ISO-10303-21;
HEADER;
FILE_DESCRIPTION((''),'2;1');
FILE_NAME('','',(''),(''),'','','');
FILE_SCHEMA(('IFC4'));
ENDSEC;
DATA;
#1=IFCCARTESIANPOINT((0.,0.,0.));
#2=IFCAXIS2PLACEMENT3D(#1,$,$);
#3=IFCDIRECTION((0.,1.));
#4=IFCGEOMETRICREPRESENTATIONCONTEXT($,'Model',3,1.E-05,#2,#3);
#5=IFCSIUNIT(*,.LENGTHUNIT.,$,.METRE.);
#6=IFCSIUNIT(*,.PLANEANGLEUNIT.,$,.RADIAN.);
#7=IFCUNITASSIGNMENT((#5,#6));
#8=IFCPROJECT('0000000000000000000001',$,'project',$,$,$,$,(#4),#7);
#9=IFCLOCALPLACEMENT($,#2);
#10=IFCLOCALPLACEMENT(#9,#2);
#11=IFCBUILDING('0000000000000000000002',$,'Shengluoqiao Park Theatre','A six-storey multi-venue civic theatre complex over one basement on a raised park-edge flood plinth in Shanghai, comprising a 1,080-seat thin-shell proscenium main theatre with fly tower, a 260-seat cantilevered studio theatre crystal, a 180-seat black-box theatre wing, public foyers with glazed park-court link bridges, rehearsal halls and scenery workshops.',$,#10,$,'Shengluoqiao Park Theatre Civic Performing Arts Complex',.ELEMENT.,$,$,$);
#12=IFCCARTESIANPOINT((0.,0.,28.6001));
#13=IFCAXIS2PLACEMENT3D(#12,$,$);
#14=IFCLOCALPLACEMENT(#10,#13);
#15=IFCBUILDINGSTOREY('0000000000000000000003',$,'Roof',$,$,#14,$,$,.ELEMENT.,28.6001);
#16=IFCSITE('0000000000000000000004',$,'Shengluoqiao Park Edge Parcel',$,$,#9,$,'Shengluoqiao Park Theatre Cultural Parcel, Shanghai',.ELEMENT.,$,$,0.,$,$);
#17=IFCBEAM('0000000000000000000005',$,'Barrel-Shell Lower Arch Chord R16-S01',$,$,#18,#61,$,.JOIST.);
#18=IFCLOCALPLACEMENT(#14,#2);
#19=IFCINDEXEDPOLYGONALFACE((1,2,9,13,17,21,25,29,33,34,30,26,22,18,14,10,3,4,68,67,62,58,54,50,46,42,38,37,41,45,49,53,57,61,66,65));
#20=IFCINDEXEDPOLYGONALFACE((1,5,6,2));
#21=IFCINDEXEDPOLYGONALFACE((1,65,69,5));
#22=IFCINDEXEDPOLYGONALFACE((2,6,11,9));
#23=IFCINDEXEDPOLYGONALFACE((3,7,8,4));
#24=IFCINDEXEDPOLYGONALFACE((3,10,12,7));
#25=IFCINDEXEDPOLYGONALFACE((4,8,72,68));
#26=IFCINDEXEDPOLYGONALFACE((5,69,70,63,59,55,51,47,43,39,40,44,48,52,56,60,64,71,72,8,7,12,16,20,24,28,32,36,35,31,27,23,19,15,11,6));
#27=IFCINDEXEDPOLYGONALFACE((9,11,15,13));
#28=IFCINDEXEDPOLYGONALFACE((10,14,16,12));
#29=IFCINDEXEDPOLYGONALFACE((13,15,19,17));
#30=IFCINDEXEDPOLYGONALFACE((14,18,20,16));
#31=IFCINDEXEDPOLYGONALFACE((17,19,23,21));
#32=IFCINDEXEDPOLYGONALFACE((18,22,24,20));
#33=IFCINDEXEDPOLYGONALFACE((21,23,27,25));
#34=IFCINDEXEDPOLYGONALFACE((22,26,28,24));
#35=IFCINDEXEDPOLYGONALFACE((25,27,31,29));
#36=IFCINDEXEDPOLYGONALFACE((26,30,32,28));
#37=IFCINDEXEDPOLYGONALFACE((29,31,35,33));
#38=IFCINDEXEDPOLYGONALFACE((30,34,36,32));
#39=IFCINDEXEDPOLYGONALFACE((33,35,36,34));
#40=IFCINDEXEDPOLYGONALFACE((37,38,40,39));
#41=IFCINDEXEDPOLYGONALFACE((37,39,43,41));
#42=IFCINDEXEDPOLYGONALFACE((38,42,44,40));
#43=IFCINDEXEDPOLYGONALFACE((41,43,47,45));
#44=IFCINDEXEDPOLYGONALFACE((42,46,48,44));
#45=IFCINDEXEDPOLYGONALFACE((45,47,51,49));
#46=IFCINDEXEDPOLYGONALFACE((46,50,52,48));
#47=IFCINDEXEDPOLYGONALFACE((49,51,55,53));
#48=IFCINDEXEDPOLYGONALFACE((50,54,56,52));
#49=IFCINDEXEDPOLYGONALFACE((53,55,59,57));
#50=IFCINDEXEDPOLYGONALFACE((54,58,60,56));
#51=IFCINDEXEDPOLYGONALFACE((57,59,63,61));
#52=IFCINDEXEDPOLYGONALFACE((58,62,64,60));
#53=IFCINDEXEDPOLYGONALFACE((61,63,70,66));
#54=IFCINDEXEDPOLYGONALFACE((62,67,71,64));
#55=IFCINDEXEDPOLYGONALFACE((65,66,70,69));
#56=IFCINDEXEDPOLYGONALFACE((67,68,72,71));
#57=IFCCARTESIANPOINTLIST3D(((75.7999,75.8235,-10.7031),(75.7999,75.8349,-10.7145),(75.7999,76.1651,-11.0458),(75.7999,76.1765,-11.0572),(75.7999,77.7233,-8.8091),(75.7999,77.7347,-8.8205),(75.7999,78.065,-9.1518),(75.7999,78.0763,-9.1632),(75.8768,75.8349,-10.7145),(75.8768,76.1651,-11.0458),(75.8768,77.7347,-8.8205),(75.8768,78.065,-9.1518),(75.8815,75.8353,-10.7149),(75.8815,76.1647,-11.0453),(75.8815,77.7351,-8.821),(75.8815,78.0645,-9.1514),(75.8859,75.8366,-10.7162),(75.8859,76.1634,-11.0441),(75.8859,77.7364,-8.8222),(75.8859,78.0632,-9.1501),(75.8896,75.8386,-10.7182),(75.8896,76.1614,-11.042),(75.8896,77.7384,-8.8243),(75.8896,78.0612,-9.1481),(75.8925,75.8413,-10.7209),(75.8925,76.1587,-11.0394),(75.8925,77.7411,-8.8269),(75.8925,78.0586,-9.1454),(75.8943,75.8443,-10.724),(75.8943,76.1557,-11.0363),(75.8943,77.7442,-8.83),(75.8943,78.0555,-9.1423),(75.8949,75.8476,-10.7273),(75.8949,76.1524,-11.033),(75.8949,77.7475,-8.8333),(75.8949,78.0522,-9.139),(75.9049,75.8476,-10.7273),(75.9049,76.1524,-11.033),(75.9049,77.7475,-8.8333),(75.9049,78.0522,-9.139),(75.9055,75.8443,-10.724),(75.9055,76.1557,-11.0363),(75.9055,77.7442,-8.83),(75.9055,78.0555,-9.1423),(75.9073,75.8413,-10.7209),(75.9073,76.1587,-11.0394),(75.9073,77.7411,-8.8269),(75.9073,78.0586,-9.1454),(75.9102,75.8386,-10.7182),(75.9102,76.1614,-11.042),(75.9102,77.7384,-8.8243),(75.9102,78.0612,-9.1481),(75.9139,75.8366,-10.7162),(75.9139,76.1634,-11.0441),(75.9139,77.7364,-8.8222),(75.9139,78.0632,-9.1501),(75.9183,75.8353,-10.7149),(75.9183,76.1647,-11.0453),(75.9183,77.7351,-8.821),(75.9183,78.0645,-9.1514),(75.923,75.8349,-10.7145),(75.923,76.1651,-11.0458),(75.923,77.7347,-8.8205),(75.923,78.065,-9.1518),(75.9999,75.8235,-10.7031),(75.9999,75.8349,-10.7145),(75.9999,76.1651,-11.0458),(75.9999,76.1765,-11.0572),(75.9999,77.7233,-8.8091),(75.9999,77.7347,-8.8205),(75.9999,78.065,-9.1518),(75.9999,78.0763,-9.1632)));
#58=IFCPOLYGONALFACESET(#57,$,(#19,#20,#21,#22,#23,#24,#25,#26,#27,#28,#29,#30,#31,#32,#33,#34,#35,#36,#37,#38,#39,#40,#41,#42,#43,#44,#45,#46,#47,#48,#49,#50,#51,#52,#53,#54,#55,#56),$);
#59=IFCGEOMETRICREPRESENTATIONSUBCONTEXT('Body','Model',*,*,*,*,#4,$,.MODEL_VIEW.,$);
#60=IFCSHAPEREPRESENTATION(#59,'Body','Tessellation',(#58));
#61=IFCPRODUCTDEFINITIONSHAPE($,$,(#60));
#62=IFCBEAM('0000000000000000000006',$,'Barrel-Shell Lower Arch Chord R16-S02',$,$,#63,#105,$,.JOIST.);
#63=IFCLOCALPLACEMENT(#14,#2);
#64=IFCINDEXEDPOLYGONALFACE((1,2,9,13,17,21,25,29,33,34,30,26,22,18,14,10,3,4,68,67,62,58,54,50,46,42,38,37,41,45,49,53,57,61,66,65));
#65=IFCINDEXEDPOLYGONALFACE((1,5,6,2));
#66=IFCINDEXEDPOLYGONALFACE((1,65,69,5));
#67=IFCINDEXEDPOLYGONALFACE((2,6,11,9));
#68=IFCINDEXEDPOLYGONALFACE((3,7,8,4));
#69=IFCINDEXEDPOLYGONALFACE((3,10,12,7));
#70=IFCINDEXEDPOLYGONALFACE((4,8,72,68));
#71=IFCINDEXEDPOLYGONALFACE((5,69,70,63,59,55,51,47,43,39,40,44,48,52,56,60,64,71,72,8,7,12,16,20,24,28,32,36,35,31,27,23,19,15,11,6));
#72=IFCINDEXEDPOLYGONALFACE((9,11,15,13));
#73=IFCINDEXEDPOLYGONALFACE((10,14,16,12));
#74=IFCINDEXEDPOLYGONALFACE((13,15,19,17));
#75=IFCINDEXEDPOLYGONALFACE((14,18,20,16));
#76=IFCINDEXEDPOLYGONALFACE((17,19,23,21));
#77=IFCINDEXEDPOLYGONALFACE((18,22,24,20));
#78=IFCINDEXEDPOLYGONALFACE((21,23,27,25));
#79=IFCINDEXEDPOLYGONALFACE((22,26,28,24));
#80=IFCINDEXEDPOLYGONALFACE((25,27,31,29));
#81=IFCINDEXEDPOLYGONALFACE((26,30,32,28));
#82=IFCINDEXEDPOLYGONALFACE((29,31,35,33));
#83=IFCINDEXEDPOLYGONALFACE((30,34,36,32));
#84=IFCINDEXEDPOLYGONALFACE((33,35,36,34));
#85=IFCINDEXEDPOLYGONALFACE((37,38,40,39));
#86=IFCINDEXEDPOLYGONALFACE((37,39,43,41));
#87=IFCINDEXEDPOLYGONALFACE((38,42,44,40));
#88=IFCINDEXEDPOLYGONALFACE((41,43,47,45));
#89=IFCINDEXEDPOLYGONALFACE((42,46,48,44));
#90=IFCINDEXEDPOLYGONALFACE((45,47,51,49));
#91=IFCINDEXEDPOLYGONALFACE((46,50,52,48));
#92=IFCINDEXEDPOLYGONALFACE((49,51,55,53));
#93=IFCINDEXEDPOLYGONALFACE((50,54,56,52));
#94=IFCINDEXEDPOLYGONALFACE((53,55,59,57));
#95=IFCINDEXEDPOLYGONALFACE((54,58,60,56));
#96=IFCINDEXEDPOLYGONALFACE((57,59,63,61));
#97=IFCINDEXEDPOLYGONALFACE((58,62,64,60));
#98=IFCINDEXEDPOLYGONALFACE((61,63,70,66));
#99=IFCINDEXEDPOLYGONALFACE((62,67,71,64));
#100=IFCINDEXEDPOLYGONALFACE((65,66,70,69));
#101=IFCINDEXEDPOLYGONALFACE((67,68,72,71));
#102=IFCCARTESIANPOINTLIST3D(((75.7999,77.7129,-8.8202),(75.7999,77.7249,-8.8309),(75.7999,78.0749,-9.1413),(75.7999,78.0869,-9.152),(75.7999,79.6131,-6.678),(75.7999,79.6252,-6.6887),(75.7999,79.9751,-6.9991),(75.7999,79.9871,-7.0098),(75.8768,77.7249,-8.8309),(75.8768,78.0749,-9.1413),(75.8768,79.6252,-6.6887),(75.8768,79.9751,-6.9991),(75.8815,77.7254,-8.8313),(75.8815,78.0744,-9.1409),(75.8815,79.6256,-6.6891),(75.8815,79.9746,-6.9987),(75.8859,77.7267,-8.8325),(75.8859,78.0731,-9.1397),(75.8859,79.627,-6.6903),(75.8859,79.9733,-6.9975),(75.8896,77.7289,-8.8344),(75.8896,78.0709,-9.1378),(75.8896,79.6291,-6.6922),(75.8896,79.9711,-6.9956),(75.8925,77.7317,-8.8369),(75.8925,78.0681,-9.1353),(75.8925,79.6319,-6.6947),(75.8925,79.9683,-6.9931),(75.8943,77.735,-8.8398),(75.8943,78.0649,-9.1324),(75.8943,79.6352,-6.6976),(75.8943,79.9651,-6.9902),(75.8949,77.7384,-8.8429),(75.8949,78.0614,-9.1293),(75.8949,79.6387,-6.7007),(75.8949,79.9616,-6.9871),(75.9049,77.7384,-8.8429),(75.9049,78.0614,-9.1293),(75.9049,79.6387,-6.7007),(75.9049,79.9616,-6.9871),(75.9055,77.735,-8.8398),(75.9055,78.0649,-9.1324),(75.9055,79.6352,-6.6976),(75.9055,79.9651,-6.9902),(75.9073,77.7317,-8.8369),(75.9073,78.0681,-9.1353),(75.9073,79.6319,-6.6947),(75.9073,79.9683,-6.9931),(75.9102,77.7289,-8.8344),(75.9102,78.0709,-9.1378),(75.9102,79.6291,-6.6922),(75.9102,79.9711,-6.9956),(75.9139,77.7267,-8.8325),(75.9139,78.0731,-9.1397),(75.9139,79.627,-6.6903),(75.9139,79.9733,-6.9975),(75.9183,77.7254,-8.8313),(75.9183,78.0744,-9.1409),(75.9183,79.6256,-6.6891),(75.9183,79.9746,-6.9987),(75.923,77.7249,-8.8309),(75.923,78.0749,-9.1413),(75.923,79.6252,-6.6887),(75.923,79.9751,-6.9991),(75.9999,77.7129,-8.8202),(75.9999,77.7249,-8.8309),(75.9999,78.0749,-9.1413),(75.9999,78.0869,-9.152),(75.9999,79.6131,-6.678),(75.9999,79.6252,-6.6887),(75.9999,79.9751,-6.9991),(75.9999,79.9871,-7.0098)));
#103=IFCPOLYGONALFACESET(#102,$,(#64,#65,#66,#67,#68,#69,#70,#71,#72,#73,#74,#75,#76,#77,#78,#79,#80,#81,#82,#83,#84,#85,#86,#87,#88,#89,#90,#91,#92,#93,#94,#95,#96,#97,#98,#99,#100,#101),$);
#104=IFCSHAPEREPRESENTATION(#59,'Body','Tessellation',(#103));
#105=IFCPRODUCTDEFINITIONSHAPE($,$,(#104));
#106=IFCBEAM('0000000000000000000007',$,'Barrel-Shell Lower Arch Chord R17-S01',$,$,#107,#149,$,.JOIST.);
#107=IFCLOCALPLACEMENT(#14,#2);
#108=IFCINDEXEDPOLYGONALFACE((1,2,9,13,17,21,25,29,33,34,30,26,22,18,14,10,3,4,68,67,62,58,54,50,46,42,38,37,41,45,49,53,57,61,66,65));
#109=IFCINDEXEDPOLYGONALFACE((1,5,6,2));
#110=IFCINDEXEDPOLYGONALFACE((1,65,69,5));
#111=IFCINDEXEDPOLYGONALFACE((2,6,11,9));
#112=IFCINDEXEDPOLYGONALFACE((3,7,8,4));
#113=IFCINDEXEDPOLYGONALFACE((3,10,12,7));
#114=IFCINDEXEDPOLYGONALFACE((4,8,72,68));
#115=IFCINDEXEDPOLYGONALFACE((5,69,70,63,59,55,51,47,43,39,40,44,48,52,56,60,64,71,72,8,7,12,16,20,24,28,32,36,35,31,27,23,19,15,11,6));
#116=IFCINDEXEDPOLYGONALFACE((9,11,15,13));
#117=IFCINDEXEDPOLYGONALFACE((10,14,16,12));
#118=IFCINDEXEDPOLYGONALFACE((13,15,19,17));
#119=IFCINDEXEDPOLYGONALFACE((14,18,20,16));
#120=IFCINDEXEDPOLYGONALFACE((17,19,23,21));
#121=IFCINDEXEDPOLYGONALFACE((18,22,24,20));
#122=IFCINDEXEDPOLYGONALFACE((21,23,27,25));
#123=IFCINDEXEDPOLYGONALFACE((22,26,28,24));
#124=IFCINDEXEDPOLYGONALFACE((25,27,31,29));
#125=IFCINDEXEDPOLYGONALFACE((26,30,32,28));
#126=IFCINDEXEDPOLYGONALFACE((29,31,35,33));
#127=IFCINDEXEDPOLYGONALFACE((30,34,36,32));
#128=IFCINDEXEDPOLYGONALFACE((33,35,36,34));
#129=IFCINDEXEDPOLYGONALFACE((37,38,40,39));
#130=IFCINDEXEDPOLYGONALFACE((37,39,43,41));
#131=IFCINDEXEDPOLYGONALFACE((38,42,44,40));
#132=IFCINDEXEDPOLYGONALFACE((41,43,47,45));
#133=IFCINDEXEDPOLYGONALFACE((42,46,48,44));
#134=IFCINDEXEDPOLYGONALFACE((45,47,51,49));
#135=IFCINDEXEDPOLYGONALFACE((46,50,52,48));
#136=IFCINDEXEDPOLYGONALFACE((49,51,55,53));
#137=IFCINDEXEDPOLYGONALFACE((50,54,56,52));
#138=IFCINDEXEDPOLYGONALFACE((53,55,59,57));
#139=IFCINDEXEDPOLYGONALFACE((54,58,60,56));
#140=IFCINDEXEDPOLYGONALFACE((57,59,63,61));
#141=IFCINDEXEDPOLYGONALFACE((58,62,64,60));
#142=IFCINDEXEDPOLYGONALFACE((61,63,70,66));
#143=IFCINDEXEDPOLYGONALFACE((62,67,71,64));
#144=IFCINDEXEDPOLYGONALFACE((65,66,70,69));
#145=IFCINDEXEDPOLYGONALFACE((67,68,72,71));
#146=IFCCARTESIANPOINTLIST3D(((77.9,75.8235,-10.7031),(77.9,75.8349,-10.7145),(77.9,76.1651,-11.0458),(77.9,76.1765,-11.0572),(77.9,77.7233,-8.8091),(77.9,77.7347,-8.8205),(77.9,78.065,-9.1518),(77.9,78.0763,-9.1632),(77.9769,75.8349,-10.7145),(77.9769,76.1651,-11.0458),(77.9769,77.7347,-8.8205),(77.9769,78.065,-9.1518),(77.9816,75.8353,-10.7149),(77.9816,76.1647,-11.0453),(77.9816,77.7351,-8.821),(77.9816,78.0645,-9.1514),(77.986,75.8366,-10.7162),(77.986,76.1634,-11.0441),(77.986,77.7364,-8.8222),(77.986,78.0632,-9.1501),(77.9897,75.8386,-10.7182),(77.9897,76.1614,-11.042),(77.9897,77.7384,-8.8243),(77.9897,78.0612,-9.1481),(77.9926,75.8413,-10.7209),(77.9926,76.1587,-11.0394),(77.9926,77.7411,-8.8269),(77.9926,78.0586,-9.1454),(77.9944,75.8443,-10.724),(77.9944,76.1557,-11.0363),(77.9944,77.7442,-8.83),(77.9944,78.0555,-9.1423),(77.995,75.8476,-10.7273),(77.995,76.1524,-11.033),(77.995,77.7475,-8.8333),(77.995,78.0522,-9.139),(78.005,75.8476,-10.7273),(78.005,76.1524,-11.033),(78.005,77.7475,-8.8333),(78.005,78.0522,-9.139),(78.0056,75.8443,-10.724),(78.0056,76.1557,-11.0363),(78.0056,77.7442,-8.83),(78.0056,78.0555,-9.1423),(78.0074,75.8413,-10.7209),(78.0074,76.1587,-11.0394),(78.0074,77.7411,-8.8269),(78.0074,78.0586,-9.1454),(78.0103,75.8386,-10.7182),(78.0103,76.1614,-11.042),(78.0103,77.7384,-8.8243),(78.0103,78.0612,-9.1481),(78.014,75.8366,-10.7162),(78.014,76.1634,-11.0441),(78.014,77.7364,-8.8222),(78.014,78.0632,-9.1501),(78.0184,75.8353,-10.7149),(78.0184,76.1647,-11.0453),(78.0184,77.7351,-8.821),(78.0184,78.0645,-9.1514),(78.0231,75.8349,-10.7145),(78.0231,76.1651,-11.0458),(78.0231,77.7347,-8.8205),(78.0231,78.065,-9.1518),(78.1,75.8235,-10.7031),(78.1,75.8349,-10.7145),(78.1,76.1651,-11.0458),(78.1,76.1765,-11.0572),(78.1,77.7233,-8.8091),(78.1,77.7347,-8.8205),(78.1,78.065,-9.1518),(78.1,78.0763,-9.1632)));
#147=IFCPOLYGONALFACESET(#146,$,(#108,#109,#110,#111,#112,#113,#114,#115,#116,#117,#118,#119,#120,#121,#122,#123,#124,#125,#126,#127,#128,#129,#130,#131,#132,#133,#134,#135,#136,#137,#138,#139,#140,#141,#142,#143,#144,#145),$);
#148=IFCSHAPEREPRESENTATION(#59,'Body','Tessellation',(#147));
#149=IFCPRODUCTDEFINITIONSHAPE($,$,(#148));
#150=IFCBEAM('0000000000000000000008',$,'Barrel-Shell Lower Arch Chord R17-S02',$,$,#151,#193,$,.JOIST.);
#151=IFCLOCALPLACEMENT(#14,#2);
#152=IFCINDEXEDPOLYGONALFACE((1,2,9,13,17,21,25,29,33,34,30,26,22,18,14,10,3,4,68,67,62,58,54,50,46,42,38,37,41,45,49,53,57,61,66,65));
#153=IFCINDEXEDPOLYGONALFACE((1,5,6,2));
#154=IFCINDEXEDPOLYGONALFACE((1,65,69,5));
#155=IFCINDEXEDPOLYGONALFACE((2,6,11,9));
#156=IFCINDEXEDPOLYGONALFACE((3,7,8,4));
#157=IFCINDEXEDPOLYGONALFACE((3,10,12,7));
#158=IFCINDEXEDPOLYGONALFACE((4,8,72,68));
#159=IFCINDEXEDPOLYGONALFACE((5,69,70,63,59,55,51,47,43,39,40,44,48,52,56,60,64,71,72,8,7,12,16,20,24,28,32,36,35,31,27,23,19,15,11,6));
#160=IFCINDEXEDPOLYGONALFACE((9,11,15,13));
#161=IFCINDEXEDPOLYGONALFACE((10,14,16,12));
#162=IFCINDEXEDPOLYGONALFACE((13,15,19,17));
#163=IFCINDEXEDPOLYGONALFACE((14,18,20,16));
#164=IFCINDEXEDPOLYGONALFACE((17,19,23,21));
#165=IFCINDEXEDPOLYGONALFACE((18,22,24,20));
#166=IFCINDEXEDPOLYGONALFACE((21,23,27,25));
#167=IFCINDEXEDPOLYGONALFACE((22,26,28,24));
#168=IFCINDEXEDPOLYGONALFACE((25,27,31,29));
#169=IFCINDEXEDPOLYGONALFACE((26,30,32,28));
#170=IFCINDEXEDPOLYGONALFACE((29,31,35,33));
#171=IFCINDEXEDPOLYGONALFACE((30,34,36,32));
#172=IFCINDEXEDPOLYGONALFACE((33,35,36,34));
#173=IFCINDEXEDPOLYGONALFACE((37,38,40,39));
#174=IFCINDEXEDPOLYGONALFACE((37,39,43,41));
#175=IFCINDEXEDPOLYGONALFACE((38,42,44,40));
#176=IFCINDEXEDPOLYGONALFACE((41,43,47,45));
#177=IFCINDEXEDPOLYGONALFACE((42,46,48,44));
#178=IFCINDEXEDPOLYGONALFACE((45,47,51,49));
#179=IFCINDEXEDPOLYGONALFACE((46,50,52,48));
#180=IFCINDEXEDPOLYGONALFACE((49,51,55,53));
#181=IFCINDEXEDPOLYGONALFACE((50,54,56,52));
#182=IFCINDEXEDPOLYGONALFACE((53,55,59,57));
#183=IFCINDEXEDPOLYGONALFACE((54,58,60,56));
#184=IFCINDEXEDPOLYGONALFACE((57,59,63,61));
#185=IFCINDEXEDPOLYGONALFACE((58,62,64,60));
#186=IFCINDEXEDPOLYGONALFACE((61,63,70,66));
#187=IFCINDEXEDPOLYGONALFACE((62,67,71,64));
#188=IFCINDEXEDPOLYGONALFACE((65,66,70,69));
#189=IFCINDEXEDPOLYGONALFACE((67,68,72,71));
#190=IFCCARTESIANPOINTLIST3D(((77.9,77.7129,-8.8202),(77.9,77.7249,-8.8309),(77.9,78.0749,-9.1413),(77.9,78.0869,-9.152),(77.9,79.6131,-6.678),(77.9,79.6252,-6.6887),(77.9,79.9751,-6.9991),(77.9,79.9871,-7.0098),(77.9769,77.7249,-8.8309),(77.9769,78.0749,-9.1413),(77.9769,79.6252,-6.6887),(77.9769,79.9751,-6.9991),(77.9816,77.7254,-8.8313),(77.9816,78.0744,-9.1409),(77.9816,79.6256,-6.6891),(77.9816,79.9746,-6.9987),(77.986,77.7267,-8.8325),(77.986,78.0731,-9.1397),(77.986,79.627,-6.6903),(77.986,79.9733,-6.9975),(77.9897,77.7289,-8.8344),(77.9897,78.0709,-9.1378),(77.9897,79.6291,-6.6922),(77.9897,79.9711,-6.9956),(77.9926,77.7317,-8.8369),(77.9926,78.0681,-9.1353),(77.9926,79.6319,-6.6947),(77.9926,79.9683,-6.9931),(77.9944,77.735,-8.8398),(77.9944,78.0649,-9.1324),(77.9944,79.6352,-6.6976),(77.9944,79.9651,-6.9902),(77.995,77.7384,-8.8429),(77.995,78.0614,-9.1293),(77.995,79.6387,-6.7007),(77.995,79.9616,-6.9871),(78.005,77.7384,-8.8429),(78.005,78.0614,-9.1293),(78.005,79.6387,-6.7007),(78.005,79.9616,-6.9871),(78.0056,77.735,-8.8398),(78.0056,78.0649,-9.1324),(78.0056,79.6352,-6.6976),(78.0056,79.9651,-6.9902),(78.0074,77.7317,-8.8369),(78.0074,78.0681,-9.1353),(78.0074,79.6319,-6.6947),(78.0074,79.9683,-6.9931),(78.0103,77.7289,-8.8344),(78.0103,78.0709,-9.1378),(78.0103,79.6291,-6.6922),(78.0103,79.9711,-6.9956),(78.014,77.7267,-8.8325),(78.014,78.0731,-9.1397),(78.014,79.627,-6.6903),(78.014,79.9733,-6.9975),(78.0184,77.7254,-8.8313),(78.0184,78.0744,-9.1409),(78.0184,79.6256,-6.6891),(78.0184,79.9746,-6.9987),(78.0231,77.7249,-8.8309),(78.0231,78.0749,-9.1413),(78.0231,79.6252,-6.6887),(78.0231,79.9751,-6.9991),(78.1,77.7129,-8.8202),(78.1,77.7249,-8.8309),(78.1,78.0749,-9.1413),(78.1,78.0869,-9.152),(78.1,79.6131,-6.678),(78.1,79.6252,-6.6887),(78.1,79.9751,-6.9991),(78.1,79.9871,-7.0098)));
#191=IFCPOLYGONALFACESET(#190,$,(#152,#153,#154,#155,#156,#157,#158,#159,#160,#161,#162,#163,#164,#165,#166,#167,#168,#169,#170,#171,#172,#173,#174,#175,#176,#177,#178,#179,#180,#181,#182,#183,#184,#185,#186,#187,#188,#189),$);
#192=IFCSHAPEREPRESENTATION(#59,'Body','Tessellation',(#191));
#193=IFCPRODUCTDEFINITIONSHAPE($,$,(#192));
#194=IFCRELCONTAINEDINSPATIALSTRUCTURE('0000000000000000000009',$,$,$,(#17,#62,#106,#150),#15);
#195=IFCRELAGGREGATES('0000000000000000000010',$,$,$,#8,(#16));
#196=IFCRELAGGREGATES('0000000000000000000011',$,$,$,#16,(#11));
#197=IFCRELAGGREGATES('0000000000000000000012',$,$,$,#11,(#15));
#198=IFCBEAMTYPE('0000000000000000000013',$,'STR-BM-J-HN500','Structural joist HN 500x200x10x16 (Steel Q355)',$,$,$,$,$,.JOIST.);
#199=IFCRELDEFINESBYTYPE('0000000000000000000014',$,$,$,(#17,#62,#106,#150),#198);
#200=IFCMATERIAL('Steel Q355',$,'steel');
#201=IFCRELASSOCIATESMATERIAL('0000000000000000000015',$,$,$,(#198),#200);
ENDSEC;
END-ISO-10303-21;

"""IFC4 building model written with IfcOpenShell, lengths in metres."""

from ifc_helpers import new_model, si_unit, direction, frame, origin, origin_2d, place, context, subcontext, project, spatial, i_section, extrude, material, material_profile, profile_set, type_object, element, save


model = new_model("IFC4")

# Units and contexts
model_context = context("Model", 3, precision=1e-05, world=origin(), true_north=direction((0.0, 1.0)))
body_context = subcontext(model_context, "Body", "Model", "MODEL_VIEW")
ifc_project = project(units=[si_unit("LENGTHUNIT", "METRE"), si_unit("PLANEANGLEUNIT", "RADIAN")], contexts=[model_context])

# Site, building, storey
site_placement = place(None, origin())
site = spatial("IfcSite", under=ifc_project, at=site_placement, Name="Shengluoqiao Park Edge Parcel", LongName="Shengluoqiao Park Theatre Cultural Parcel, Shanghai", CompositionType="ELEMENT", RefElevation=0.0)
building_placement = place(site_placement, origin())
building = spatial("IfcBuilding", under=site, at=building_placement, Name="Shengluoqiao Park Theatre", Description="A six-storey multi-venue civic theatre complex over one basement on a raised park-edge flood plinth in Shanghai, comprising a 1,080-seat thin-shell proscenium main theatre with fly tower, a 260-seat cantilevered studio theatre crystal, a 180-seat black-box theatre wing, public foyers with glazed park-court link bridges, rehearsal halls and scenery workshops.", LongName="Shengluoqiao Park Theatre Civic Performing Arts Complex", CompositionType="ELEMENT")
storey_placement = place(building_placement, frame((0.0, 0.0, 28.6001)))
storey = spatial("IfcBuildingStorey", under=building, at=storey_placement, Name="Roof", CompositionType="ELEMENT", Elevation=28.6001)

# Beams
ifc_material_1 = material(Name="Steel Q355", Category="steel")
ifc_material_profile_1 = material_profile(ifc_material_1, i_section(OverallWidth=0.2, OverallDepth=0.5, WebThickness=0.01, FlangeThickness=0.0161, FilletRadius=0.0181, at=origin_2d()), Name="HN 500x200x10x16")
ifc_profile_set_1 = profile_set([ifc_material_profile_1], Name="Steel Q355")
beam_type_1 = type_object("IfcBeamType", Name="STR-BM-J-HN500", Description="Structural joist HN 500x200x10x16 (Steel Q355)", PredefinedType="JOIST", material=ifc_profile_set_1)
beam_1_placement = place(storey_placement, frame((75.8999, 76.0, -10.8801), z_axis=(0.0, 0.708198, 0.706014), x_axis=(-1.0, 0.0, 0.0)))
element("IfcBeam", 1, at=beam_1_placement, inside=storey, type_object=beam_type_1, Name="Barrel-Shell Lower Arch Chord R16-S01", PredefinedType="JOIST", context=body_context, shape_type="SweptSolid", body=[
    extrude(i_section(OverallWidth=0.2, OverallDepth=0.5, WebThickness=0.01, FlangeThickness=0.0161, FilletRadius=0.0181, at=origin_2d()), origin(), (0.0, 0.0, 1.0), 2.6826),
])
beam_2_placement = place(storey_placement, frame((75.8999, 77.8999, -8.9861), z_axis=(0.0, 0.663596, 0.748091), x_axis=(-1.0, 0.0, 0.0)))
element("IfcBeam", 2, at=beam_2_placement, inside=storey, type_object=beam_type_1, Name="Barrel-Shell Lower Arch Chord R16-S02", PredefinedType="JOIST", context=body_context, shape_type="SweptSolid", body=[
    extrude(i_section(OverallWidth=0.2, OverallDepth=0.5, WebThickness=0.01, FlangeThickness=0.0161, FilletRadius=0.0181, at=origin_2d()), origin(), (0.0, 0.0, 1.0), 2.8635),
])
beam_3_placement = place(storey_placement, frame((78.0, 76.0, -10.8801), z_axis=(0.0, 0.708198, 0.706014), x_axis=(-1.0, 0.0, 0.0)))
element("IfcBeam", 3, at=beam_3_placement, inside=storey, type_object=beam_type_1, Name="Barrel-Shell Lower Arch Chord R17-S01", PredefinedType="JOIST", context=body_context, shape_type="SweptSolid", body=[
    extrude(i_section(OverallWidth=0.2, OverallDepth=0.5, WebThickness=0.01, FlangeThickness=0.0161, FilletRadius=0.0181, at=origin_2d()), origin(), (0.0, 0.0, 1.0), 2.6826),
])
beam_4_placement = place(storey_placement, frame((78.0, 77.8999, -8.9861), z_axis=(0.0, 0.663596, 0.748091), x_axis=(-1.0, 0.0, 0.0)))
element("IfcBeam", 4, at=beam_4_placement, inside=storey, type_object=beam_type_1, Name="Barrel-Shell Lower Arch Chord R17-S02", PredefinedType="JOIST", context=body_context, shape_type="SweptSolid", body=[
    extrude(i_section(OverallWidth=0.2, OverallDepth=0.5, WebThickness=0.01, FlangeThickness=0.0161, FilletRadius=0.0181, at=origin_2d()), origin(), (0.0, 0.0, 1.0), 2.8635),
])

save(model, "model.ifc")
